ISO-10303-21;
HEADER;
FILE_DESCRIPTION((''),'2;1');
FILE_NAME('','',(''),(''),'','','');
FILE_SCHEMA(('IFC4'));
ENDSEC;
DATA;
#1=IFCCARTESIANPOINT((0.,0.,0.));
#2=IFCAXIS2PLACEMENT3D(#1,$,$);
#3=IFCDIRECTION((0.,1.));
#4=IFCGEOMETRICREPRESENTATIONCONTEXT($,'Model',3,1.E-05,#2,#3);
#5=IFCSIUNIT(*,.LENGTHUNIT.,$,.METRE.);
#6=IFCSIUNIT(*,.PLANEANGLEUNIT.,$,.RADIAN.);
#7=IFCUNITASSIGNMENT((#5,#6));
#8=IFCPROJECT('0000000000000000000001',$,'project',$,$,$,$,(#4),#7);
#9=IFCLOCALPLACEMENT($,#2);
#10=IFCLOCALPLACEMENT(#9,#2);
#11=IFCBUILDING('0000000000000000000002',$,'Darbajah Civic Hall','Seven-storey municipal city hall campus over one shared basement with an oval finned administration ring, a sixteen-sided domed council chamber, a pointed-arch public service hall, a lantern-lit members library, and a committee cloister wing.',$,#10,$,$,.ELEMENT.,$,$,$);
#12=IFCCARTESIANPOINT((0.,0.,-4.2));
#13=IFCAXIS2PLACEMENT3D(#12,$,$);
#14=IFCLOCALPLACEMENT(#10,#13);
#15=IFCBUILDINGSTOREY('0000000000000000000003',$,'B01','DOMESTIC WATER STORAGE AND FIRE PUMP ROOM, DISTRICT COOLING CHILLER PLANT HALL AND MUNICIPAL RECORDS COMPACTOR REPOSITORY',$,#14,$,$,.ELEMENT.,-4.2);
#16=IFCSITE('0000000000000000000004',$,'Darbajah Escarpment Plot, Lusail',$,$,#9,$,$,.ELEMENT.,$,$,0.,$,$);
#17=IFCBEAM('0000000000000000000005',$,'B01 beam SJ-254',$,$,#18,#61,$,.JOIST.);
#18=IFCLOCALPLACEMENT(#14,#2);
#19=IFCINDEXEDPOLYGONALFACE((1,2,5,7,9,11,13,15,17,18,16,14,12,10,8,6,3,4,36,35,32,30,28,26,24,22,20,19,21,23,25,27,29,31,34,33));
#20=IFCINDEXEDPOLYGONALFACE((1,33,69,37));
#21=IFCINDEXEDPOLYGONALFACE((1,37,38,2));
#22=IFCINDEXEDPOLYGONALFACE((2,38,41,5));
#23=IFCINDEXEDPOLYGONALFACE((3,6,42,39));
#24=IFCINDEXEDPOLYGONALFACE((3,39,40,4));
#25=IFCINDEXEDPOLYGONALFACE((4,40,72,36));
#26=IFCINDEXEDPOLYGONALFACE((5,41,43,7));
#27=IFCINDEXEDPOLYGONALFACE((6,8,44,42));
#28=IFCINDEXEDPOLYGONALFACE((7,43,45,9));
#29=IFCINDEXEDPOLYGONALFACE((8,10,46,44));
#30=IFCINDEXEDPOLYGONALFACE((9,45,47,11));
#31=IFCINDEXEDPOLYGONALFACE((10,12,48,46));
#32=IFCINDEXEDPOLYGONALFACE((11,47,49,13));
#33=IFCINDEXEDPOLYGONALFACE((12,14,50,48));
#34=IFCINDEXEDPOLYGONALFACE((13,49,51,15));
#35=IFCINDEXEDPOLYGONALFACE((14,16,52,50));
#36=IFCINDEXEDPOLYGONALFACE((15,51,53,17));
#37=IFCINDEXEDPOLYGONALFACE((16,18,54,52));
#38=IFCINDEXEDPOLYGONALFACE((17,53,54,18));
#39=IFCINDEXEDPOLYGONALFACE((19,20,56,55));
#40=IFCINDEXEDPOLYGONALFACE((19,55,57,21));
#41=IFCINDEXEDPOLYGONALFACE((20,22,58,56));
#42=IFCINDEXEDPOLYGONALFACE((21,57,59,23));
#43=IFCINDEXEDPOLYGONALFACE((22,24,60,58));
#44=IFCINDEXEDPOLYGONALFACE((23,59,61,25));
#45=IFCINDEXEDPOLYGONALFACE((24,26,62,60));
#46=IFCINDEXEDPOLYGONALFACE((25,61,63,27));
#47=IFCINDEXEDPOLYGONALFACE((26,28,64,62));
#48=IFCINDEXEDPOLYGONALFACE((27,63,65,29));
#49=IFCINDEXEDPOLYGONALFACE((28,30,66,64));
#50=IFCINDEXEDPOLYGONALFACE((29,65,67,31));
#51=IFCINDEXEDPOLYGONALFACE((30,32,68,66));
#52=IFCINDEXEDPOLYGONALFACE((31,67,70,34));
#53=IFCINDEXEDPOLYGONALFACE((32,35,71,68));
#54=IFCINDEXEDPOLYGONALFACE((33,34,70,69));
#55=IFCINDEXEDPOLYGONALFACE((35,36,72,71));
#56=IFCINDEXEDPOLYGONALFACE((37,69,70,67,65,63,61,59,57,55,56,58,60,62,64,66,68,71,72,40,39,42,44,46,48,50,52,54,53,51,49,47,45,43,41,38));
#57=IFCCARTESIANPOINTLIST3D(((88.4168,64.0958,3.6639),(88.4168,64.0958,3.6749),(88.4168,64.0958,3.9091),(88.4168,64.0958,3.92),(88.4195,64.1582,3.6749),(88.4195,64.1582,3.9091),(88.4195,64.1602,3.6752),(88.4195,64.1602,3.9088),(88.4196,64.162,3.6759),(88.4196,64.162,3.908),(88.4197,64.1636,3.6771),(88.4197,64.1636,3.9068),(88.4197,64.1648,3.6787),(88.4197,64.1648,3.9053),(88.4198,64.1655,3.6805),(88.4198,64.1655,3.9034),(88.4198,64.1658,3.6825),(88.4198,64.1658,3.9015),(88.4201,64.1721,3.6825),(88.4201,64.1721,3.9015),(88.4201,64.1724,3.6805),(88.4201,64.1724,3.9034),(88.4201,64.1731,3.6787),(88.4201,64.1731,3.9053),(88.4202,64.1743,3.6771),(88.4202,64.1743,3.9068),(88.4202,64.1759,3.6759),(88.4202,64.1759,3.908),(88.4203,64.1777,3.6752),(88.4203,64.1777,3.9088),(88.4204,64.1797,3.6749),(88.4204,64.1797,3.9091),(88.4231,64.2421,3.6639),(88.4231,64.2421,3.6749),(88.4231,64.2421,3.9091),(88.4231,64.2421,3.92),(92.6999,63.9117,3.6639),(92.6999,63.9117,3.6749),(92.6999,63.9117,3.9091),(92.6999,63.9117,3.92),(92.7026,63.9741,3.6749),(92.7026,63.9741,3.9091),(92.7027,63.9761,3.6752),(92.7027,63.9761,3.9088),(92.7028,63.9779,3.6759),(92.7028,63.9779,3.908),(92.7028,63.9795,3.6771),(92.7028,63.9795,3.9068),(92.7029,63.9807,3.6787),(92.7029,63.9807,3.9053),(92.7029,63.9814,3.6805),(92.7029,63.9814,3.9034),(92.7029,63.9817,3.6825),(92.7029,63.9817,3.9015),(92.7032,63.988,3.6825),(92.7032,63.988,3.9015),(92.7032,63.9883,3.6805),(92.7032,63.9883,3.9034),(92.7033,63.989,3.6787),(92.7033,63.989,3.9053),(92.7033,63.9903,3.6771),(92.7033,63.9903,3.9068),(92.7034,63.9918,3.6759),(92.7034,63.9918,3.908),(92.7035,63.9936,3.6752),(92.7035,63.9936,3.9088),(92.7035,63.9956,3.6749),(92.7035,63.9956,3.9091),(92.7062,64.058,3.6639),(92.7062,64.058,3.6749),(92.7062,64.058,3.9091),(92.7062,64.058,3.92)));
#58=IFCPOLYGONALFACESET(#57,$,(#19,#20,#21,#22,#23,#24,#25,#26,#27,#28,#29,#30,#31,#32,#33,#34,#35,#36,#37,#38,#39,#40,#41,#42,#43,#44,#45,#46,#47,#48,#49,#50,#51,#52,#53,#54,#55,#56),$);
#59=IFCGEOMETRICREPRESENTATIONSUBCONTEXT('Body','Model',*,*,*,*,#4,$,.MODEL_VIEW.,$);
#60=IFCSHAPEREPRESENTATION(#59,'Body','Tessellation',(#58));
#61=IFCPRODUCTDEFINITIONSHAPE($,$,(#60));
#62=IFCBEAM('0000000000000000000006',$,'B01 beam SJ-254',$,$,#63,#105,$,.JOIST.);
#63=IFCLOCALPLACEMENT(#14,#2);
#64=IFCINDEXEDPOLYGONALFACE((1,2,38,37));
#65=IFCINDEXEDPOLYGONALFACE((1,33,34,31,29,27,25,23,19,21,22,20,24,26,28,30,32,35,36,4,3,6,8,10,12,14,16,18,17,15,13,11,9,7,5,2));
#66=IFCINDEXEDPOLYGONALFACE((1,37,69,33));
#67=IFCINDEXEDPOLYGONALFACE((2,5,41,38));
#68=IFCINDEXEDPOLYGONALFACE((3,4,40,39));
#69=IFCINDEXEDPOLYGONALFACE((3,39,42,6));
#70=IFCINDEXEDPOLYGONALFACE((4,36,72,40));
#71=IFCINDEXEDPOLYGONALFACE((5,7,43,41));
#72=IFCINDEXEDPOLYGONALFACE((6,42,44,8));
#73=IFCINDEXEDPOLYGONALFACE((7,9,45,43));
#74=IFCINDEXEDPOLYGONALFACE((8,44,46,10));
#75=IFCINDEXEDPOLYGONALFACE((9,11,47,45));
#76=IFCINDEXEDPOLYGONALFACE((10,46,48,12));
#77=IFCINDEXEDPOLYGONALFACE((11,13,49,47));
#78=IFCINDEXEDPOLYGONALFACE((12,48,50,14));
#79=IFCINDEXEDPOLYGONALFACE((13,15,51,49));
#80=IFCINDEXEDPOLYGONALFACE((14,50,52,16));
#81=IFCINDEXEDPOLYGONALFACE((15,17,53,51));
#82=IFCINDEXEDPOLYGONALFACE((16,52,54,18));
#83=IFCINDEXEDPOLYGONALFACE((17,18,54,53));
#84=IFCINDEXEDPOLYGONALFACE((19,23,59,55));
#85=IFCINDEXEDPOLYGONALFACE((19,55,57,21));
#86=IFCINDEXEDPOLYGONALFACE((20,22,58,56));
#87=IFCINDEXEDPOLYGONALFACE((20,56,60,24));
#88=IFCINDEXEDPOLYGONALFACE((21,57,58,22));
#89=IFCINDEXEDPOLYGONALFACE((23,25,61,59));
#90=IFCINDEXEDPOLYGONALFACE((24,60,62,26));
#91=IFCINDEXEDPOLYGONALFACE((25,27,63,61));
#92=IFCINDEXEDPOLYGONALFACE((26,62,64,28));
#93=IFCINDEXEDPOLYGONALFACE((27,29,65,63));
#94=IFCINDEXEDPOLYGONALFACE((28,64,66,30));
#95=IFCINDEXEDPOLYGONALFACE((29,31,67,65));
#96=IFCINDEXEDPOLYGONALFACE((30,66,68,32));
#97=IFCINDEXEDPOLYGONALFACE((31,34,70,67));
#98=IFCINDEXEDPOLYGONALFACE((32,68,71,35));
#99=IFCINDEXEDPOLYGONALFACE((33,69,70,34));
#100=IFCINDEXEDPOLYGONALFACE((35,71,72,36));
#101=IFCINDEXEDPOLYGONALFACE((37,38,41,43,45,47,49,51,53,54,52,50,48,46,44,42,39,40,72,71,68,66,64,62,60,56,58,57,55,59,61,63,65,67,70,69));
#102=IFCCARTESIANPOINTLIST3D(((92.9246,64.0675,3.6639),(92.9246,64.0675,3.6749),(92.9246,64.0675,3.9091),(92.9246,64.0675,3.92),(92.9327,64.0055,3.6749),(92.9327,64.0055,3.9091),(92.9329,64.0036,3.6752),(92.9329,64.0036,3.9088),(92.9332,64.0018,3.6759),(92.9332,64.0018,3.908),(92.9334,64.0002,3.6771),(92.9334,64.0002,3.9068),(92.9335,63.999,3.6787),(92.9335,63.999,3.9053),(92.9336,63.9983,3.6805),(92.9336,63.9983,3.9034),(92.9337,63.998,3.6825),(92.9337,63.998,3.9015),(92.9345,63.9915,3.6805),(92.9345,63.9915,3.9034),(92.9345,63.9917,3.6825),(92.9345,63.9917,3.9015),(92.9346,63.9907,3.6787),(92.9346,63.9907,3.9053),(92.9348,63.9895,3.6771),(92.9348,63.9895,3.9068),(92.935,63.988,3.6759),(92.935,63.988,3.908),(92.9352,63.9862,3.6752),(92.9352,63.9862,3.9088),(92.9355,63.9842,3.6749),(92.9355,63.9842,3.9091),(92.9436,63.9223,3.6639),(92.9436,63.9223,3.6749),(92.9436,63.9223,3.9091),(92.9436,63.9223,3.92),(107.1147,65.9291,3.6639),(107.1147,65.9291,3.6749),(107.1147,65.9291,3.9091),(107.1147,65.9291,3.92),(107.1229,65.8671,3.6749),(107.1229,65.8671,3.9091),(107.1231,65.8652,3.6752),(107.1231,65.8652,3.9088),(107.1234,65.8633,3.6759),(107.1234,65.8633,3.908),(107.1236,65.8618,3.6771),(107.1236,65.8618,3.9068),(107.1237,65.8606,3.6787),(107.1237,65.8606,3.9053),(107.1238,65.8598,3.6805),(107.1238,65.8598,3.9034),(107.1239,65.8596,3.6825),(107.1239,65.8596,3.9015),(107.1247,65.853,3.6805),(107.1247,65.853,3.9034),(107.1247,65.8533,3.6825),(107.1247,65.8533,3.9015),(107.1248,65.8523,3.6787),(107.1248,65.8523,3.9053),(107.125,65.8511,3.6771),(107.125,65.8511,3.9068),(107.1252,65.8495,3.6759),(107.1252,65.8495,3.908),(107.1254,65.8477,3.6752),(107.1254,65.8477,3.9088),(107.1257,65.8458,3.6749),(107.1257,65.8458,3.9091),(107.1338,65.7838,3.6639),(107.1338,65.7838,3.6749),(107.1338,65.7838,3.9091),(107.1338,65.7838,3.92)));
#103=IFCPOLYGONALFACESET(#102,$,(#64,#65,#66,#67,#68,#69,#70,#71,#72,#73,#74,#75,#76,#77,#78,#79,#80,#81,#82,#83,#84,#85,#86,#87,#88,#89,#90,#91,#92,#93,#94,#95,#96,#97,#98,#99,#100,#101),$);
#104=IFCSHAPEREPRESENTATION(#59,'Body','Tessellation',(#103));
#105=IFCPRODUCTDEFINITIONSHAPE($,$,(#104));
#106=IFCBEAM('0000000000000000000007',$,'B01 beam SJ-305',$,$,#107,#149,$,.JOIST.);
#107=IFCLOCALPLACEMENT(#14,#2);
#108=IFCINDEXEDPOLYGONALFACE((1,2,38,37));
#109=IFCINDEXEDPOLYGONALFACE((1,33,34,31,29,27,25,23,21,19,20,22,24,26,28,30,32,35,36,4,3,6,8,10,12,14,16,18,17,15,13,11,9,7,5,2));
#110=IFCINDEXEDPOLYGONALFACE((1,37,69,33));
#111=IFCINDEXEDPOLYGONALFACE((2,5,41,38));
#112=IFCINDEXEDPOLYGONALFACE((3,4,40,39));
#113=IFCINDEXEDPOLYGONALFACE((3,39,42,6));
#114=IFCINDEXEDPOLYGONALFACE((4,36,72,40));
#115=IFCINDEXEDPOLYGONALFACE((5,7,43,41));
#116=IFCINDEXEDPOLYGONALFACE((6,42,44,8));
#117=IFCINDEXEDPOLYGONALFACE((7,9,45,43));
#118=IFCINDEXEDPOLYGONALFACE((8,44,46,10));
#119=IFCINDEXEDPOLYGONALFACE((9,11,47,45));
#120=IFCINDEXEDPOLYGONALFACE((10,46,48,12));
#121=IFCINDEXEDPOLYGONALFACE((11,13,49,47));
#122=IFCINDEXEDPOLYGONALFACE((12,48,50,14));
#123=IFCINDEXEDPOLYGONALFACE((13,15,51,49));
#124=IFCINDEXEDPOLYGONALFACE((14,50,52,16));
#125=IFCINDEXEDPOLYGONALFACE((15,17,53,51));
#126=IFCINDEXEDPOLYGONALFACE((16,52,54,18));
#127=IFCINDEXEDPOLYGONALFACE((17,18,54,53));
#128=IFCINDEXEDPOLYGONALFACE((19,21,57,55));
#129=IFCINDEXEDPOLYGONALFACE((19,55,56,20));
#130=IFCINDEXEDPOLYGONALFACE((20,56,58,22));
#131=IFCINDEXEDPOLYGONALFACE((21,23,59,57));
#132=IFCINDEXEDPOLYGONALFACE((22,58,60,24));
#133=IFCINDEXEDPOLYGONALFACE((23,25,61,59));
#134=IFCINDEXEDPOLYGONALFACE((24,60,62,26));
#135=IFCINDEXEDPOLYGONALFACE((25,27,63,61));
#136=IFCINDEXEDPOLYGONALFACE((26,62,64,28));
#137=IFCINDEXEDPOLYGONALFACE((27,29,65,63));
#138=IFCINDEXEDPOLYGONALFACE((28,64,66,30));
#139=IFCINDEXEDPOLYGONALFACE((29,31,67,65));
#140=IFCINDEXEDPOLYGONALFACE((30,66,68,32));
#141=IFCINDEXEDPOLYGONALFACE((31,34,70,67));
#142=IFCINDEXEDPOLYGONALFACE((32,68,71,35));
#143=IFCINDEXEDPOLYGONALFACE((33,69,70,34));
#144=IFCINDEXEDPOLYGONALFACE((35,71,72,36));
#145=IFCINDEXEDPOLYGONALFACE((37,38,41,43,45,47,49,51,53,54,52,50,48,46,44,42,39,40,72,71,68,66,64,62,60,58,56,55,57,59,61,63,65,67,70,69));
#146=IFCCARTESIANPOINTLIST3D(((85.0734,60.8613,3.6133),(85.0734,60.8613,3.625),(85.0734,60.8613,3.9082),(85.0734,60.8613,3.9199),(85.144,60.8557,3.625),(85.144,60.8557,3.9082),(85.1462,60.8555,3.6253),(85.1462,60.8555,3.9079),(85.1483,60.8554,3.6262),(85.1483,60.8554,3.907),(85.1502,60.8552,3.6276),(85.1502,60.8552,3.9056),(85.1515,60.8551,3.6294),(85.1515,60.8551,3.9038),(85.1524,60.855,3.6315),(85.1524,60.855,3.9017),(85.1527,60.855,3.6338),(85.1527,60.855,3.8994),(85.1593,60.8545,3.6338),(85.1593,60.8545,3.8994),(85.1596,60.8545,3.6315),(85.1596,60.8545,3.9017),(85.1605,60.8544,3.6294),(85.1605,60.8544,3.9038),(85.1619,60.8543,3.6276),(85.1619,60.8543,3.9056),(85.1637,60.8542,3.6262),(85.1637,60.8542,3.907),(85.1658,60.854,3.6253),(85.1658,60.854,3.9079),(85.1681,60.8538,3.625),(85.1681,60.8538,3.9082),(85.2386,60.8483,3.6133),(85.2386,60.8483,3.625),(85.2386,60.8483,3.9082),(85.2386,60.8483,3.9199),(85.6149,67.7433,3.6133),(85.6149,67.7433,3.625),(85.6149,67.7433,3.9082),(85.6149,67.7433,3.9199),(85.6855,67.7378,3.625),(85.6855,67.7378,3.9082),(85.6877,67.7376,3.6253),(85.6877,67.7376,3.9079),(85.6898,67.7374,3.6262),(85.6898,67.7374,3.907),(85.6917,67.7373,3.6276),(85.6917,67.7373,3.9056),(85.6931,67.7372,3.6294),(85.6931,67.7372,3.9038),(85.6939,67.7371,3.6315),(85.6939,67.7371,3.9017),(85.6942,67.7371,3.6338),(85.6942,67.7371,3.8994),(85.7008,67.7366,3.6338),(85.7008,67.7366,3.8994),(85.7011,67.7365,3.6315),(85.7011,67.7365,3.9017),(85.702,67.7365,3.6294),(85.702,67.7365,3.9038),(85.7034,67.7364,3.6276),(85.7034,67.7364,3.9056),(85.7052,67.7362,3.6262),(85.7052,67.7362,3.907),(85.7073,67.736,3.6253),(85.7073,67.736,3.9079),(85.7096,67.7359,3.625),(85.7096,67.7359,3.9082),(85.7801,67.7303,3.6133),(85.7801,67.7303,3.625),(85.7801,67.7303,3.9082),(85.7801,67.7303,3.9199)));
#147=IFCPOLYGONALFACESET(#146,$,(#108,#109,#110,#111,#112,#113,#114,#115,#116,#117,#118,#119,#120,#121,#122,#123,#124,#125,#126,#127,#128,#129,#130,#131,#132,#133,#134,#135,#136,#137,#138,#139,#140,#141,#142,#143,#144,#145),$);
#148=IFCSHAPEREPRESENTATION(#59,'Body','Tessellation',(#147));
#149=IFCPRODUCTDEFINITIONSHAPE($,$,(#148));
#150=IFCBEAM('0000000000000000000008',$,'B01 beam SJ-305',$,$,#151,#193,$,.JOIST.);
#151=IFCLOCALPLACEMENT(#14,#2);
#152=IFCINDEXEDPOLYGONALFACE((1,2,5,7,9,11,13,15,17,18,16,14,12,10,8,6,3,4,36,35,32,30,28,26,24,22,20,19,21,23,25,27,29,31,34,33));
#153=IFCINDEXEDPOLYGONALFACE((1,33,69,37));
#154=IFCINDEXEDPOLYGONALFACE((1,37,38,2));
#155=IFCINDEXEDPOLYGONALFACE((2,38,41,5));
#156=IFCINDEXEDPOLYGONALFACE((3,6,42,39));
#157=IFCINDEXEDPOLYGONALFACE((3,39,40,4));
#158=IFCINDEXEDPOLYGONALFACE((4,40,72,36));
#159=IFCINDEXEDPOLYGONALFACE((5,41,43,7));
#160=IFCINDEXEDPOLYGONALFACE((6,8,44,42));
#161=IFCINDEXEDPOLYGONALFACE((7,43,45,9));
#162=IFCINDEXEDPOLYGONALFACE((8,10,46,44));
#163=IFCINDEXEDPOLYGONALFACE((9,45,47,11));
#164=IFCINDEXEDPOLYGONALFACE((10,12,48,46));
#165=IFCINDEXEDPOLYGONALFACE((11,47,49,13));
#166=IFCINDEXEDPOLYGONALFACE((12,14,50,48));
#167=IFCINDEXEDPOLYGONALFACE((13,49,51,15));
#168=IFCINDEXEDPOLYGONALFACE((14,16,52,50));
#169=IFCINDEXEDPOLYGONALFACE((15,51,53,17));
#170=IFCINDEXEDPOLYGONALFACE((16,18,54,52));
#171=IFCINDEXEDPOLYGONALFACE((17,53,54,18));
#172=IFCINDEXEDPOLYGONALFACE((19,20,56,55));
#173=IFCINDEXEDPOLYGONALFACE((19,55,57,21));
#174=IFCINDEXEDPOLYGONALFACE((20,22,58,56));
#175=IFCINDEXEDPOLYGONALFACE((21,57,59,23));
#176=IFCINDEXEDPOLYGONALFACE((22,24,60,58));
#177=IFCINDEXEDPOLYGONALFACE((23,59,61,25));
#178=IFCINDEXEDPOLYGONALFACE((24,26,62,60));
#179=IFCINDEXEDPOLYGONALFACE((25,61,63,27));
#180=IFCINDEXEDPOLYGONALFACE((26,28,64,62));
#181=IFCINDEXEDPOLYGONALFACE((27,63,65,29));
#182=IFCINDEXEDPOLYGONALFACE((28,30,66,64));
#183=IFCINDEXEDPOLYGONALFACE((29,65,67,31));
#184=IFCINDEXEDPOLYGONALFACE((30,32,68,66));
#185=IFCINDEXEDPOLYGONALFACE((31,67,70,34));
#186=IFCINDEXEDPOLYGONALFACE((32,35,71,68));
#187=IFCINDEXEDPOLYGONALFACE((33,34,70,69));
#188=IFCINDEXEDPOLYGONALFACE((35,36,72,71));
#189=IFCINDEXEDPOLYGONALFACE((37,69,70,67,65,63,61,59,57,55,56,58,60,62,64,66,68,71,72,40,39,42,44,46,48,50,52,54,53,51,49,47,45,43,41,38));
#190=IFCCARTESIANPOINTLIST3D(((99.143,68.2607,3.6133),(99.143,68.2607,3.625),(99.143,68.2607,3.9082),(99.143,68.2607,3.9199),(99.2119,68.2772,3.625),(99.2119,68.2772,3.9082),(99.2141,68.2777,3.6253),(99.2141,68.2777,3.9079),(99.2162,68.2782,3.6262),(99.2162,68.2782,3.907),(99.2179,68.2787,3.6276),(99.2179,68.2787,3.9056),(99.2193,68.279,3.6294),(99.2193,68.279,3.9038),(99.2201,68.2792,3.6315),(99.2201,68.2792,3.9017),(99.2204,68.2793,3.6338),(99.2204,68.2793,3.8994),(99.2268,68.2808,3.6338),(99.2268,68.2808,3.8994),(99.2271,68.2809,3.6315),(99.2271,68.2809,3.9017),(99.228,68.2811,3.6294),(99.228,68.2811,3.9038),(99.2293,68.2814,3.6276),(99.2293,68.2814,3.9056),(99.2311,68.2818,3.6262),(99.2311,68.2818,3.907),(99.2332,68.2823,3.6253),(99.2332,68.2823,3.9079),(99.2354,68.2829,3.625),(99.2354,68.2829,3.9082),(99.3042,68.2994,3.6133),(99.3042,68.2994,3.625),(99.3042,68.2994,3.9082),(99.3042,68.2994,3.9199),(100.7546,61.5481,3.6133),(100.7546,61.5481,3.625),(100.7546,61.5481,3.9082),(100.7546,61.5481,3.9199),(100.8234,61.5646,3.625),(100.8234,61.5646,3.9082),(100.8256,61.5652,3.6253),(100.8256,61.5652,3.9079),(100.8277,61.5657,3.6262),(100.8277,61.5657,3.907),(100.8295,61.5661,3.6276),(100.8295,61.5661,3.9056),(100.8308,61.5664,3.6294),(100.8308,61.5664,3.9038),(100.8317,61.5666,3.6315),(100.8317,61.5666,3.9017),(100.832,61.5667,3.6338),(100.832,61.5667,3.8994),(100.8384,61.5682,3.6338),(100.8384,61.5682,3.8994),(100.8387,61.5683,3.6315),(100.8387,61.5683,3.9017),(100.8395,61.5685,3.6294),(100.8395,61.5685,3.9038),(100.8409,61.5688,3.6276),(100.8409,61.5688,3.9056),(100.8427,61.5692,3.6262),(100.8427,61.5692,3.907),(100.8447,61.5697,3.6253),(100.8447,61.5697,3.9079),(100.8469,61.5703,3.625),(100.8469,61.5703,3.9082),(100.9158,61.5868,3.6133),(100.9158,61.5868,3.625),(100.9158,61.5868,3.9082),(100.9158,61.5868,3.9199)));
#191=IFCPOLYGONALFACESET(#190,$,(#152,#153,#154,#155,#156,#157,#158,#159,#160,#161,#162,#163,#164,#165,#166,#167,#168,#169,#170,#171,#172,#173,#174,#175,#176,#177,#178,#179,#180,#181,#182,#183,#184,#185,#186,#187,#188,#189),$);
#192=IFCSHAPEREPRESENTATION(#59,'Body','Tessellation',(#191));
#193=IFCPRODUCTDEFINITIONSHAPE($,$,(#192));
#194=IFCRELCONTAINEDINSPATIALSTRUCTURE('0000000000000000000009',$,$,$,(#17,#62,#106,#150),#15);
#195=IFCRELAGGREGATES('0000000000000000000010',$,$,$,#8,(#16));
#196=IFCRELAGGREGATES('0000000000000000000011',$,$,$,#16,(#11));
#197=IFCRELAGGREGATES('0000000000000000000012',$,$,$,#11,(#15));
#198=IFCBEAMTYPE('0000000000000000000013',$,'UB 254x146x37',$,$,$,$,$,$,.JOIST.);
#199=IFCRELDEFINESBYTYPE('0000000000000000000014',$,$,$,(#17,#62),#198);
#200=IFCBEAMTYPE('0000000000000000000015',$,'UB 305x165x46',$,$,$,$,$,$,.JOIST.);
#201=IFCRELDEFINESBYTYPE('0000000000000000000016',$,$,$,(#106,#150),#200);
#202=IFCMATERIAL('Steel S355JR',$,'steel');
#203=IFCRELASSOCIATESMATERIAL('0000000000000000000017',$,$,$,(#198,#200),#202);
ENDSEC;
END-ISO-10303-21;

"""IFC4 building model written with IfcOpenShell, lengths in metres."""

from ifc_helpers import new_model, si_unit, direction, frame, origin, origin_2d, place, context, subcontext, project, spatial, i_section, extrude, material, material_profile, profile_set, type_object, element, save


model = new_model("IFC4")

# Units and contexts
model_context = context("Model", 3, precision=1e-05, world=origin(), true_north=direction((0.0, 1.0)))
body_context = subcontext(model_context, "Body", "Model", "MODEL_VIEW")
ifc_project = project(units=[si_unit("LENGTHUNIT", "METRE"), si_unit("PLANEANGLEUNIT", "RADIAN")], contexts=[model_context])

# Site, building, storey
site_placement = place(None, origin())
site = spatial("IfcSite", under=ifc_project, at=site_placement, Name="Darbajah Escarpment Plot, Lusail", CompositionType="ELEMENT", RefElevation=0.0)
building_placement = place(site_placement, origin())
building = spatial("IfcBuilding", under=site, at=building_placement, Name="Darbajah Civic Hall", Description="Seven-storey municipal city hall campus over one shared basement with an oval finned administration ring, a sixteen-sided domed council chamber, a pointed-arch public service hall, a lantern-lit members library, and a committee cloister wing.", CompositionType="ELEMENT")
storey_placement = place(building_placement, frame((0.0, 0.0, -4.2)))
storey = spatial("IfcBuildingStorey", under=building, at=storey_placement, Name="B01", Description="DOMESTIC WATER STORAGE AND FIRE PUMP ROOM, DISTRICT COOLING CHILLER PLANT HALL AND MUNICIPAL RECORDS COMPACTOR REPOSITORY", CompositionType="ELEMENT", Elevation=-4.2)

# Beams
ifc_material_1 = material(Name="Steel S355JR", Category="steel")
ifc_material_profile_1 = material_profile(ifc_material_1, i_section(OverallWidth=0.1465, OverallDepth=0.2561, WebThickness=0.0063, FlangeThickness=0.011, FilletRadius=0.0076, at=origin_2d()), Name="UB 254x146x37")
ifc_profile_set_1 = profile_set([ifc_material_profile_1], Name="Steel S355JR")
beam_type_1 = type_object("IfcBeamType", Name="UB 254x146x37", PredefinedType="JOIST", material=ifc_profile_set_1)
beam_1_placement = place(storey_placement, frame((88.4199, 64.1689, 3.792), z_axis=(0.999078, -0.042938, 0.0), x_axis=(0.042938, 0.999078, 0.0)))
element("IfcBeam", 1, at=beam_1_placement, inside=storey, type_object=beam_type_1, Name="B01 beam SJ-254", PredefinedType="JOIST", context=body_context, shape_type="SweptSolid", body=[
    extrude(i_section(OverallWidth=0.1465, OverallDepth=0.2561, WebThickness=0.0063, FlangeThickness=0.011, FilletRadius=0.0076, at=origin_2d()), origin(), (0.0, 0.0, 1.0), 4.2871),
])
beam_2_placement = place(storey_placement, frame((92.9341, 63.9949, 3.792), z_axis=(0.991504, 0.130073, 0.0), x_axis=(-0.130073, 0.991504, 0.0)))
element("IfcBeam", 2, at=beam_2_placement, inside=storey, type_object=beam_type_1, Name="B01 beam SJ-254", PredefinedType="JOIST", context=body_context, shape_type="SweptSolid", body=[
    extrude(i_section(OverallWidth=0.1465, OverallDepth=0.2561, WebThickness=0.0063, FlangeThickness=0.011, FilletRadius=0.0076, at=origin_2d()), origin(), (0.0, 0.0, 1.0), 14.3118),
])
ifc_material_profile_2 = material_profile(ifc_material_1, i_section(OverallWidth=0.1658, OverallDepth=0.3066, WebThickness=0.0066, FlangeThickness=0.0117, FilletRadius=0.0088, at=origin_2d()), Name="UB 305x165x46")
ifc_profile_set_2 = profile_set([ifc_material_profile_2], Name="Steel S355JR")
beam_type_2 = type_object("IfcBeamType", Name="UB 305x165x46", PredefinedType="JOIST", material=ifc_profile_set_2)
for number, where, z_axis, x_axis, name in (
    (3, (85.6975, 67.7368, 3.7666), (-0.078441, -0.996919, 0.0), (0.996919, -0.078441, 0.0), "B01 beam SJ-305"),
    (4, (99.2236, 68.28, 3.7666), (0.233447, -0.97237, 0.0), (0.97237, 0.233447, 0.0), "B01 beam SJ-305"),
):
    element("IfcBeam", number, at=place(storey_placement, frame(where, z_axis=z_axis, x_axis=x_axis)), inside=storey, type_object=beam_type_2, Name=name, PredefinedType="JOIST", context=body_context, shape_type="SweptSolid", body=[
        extrude(i_section(OverallWidth=0.1658, OverallDepth=0.3066, WebThickness=0.0066, FlangeThickness=0.0117, FilletRadius=0.0088, at=origin_2d()), origin(), (0.0, 0.0, 1.0), 6.9033),
    ])

save(model, "model.ifc")
